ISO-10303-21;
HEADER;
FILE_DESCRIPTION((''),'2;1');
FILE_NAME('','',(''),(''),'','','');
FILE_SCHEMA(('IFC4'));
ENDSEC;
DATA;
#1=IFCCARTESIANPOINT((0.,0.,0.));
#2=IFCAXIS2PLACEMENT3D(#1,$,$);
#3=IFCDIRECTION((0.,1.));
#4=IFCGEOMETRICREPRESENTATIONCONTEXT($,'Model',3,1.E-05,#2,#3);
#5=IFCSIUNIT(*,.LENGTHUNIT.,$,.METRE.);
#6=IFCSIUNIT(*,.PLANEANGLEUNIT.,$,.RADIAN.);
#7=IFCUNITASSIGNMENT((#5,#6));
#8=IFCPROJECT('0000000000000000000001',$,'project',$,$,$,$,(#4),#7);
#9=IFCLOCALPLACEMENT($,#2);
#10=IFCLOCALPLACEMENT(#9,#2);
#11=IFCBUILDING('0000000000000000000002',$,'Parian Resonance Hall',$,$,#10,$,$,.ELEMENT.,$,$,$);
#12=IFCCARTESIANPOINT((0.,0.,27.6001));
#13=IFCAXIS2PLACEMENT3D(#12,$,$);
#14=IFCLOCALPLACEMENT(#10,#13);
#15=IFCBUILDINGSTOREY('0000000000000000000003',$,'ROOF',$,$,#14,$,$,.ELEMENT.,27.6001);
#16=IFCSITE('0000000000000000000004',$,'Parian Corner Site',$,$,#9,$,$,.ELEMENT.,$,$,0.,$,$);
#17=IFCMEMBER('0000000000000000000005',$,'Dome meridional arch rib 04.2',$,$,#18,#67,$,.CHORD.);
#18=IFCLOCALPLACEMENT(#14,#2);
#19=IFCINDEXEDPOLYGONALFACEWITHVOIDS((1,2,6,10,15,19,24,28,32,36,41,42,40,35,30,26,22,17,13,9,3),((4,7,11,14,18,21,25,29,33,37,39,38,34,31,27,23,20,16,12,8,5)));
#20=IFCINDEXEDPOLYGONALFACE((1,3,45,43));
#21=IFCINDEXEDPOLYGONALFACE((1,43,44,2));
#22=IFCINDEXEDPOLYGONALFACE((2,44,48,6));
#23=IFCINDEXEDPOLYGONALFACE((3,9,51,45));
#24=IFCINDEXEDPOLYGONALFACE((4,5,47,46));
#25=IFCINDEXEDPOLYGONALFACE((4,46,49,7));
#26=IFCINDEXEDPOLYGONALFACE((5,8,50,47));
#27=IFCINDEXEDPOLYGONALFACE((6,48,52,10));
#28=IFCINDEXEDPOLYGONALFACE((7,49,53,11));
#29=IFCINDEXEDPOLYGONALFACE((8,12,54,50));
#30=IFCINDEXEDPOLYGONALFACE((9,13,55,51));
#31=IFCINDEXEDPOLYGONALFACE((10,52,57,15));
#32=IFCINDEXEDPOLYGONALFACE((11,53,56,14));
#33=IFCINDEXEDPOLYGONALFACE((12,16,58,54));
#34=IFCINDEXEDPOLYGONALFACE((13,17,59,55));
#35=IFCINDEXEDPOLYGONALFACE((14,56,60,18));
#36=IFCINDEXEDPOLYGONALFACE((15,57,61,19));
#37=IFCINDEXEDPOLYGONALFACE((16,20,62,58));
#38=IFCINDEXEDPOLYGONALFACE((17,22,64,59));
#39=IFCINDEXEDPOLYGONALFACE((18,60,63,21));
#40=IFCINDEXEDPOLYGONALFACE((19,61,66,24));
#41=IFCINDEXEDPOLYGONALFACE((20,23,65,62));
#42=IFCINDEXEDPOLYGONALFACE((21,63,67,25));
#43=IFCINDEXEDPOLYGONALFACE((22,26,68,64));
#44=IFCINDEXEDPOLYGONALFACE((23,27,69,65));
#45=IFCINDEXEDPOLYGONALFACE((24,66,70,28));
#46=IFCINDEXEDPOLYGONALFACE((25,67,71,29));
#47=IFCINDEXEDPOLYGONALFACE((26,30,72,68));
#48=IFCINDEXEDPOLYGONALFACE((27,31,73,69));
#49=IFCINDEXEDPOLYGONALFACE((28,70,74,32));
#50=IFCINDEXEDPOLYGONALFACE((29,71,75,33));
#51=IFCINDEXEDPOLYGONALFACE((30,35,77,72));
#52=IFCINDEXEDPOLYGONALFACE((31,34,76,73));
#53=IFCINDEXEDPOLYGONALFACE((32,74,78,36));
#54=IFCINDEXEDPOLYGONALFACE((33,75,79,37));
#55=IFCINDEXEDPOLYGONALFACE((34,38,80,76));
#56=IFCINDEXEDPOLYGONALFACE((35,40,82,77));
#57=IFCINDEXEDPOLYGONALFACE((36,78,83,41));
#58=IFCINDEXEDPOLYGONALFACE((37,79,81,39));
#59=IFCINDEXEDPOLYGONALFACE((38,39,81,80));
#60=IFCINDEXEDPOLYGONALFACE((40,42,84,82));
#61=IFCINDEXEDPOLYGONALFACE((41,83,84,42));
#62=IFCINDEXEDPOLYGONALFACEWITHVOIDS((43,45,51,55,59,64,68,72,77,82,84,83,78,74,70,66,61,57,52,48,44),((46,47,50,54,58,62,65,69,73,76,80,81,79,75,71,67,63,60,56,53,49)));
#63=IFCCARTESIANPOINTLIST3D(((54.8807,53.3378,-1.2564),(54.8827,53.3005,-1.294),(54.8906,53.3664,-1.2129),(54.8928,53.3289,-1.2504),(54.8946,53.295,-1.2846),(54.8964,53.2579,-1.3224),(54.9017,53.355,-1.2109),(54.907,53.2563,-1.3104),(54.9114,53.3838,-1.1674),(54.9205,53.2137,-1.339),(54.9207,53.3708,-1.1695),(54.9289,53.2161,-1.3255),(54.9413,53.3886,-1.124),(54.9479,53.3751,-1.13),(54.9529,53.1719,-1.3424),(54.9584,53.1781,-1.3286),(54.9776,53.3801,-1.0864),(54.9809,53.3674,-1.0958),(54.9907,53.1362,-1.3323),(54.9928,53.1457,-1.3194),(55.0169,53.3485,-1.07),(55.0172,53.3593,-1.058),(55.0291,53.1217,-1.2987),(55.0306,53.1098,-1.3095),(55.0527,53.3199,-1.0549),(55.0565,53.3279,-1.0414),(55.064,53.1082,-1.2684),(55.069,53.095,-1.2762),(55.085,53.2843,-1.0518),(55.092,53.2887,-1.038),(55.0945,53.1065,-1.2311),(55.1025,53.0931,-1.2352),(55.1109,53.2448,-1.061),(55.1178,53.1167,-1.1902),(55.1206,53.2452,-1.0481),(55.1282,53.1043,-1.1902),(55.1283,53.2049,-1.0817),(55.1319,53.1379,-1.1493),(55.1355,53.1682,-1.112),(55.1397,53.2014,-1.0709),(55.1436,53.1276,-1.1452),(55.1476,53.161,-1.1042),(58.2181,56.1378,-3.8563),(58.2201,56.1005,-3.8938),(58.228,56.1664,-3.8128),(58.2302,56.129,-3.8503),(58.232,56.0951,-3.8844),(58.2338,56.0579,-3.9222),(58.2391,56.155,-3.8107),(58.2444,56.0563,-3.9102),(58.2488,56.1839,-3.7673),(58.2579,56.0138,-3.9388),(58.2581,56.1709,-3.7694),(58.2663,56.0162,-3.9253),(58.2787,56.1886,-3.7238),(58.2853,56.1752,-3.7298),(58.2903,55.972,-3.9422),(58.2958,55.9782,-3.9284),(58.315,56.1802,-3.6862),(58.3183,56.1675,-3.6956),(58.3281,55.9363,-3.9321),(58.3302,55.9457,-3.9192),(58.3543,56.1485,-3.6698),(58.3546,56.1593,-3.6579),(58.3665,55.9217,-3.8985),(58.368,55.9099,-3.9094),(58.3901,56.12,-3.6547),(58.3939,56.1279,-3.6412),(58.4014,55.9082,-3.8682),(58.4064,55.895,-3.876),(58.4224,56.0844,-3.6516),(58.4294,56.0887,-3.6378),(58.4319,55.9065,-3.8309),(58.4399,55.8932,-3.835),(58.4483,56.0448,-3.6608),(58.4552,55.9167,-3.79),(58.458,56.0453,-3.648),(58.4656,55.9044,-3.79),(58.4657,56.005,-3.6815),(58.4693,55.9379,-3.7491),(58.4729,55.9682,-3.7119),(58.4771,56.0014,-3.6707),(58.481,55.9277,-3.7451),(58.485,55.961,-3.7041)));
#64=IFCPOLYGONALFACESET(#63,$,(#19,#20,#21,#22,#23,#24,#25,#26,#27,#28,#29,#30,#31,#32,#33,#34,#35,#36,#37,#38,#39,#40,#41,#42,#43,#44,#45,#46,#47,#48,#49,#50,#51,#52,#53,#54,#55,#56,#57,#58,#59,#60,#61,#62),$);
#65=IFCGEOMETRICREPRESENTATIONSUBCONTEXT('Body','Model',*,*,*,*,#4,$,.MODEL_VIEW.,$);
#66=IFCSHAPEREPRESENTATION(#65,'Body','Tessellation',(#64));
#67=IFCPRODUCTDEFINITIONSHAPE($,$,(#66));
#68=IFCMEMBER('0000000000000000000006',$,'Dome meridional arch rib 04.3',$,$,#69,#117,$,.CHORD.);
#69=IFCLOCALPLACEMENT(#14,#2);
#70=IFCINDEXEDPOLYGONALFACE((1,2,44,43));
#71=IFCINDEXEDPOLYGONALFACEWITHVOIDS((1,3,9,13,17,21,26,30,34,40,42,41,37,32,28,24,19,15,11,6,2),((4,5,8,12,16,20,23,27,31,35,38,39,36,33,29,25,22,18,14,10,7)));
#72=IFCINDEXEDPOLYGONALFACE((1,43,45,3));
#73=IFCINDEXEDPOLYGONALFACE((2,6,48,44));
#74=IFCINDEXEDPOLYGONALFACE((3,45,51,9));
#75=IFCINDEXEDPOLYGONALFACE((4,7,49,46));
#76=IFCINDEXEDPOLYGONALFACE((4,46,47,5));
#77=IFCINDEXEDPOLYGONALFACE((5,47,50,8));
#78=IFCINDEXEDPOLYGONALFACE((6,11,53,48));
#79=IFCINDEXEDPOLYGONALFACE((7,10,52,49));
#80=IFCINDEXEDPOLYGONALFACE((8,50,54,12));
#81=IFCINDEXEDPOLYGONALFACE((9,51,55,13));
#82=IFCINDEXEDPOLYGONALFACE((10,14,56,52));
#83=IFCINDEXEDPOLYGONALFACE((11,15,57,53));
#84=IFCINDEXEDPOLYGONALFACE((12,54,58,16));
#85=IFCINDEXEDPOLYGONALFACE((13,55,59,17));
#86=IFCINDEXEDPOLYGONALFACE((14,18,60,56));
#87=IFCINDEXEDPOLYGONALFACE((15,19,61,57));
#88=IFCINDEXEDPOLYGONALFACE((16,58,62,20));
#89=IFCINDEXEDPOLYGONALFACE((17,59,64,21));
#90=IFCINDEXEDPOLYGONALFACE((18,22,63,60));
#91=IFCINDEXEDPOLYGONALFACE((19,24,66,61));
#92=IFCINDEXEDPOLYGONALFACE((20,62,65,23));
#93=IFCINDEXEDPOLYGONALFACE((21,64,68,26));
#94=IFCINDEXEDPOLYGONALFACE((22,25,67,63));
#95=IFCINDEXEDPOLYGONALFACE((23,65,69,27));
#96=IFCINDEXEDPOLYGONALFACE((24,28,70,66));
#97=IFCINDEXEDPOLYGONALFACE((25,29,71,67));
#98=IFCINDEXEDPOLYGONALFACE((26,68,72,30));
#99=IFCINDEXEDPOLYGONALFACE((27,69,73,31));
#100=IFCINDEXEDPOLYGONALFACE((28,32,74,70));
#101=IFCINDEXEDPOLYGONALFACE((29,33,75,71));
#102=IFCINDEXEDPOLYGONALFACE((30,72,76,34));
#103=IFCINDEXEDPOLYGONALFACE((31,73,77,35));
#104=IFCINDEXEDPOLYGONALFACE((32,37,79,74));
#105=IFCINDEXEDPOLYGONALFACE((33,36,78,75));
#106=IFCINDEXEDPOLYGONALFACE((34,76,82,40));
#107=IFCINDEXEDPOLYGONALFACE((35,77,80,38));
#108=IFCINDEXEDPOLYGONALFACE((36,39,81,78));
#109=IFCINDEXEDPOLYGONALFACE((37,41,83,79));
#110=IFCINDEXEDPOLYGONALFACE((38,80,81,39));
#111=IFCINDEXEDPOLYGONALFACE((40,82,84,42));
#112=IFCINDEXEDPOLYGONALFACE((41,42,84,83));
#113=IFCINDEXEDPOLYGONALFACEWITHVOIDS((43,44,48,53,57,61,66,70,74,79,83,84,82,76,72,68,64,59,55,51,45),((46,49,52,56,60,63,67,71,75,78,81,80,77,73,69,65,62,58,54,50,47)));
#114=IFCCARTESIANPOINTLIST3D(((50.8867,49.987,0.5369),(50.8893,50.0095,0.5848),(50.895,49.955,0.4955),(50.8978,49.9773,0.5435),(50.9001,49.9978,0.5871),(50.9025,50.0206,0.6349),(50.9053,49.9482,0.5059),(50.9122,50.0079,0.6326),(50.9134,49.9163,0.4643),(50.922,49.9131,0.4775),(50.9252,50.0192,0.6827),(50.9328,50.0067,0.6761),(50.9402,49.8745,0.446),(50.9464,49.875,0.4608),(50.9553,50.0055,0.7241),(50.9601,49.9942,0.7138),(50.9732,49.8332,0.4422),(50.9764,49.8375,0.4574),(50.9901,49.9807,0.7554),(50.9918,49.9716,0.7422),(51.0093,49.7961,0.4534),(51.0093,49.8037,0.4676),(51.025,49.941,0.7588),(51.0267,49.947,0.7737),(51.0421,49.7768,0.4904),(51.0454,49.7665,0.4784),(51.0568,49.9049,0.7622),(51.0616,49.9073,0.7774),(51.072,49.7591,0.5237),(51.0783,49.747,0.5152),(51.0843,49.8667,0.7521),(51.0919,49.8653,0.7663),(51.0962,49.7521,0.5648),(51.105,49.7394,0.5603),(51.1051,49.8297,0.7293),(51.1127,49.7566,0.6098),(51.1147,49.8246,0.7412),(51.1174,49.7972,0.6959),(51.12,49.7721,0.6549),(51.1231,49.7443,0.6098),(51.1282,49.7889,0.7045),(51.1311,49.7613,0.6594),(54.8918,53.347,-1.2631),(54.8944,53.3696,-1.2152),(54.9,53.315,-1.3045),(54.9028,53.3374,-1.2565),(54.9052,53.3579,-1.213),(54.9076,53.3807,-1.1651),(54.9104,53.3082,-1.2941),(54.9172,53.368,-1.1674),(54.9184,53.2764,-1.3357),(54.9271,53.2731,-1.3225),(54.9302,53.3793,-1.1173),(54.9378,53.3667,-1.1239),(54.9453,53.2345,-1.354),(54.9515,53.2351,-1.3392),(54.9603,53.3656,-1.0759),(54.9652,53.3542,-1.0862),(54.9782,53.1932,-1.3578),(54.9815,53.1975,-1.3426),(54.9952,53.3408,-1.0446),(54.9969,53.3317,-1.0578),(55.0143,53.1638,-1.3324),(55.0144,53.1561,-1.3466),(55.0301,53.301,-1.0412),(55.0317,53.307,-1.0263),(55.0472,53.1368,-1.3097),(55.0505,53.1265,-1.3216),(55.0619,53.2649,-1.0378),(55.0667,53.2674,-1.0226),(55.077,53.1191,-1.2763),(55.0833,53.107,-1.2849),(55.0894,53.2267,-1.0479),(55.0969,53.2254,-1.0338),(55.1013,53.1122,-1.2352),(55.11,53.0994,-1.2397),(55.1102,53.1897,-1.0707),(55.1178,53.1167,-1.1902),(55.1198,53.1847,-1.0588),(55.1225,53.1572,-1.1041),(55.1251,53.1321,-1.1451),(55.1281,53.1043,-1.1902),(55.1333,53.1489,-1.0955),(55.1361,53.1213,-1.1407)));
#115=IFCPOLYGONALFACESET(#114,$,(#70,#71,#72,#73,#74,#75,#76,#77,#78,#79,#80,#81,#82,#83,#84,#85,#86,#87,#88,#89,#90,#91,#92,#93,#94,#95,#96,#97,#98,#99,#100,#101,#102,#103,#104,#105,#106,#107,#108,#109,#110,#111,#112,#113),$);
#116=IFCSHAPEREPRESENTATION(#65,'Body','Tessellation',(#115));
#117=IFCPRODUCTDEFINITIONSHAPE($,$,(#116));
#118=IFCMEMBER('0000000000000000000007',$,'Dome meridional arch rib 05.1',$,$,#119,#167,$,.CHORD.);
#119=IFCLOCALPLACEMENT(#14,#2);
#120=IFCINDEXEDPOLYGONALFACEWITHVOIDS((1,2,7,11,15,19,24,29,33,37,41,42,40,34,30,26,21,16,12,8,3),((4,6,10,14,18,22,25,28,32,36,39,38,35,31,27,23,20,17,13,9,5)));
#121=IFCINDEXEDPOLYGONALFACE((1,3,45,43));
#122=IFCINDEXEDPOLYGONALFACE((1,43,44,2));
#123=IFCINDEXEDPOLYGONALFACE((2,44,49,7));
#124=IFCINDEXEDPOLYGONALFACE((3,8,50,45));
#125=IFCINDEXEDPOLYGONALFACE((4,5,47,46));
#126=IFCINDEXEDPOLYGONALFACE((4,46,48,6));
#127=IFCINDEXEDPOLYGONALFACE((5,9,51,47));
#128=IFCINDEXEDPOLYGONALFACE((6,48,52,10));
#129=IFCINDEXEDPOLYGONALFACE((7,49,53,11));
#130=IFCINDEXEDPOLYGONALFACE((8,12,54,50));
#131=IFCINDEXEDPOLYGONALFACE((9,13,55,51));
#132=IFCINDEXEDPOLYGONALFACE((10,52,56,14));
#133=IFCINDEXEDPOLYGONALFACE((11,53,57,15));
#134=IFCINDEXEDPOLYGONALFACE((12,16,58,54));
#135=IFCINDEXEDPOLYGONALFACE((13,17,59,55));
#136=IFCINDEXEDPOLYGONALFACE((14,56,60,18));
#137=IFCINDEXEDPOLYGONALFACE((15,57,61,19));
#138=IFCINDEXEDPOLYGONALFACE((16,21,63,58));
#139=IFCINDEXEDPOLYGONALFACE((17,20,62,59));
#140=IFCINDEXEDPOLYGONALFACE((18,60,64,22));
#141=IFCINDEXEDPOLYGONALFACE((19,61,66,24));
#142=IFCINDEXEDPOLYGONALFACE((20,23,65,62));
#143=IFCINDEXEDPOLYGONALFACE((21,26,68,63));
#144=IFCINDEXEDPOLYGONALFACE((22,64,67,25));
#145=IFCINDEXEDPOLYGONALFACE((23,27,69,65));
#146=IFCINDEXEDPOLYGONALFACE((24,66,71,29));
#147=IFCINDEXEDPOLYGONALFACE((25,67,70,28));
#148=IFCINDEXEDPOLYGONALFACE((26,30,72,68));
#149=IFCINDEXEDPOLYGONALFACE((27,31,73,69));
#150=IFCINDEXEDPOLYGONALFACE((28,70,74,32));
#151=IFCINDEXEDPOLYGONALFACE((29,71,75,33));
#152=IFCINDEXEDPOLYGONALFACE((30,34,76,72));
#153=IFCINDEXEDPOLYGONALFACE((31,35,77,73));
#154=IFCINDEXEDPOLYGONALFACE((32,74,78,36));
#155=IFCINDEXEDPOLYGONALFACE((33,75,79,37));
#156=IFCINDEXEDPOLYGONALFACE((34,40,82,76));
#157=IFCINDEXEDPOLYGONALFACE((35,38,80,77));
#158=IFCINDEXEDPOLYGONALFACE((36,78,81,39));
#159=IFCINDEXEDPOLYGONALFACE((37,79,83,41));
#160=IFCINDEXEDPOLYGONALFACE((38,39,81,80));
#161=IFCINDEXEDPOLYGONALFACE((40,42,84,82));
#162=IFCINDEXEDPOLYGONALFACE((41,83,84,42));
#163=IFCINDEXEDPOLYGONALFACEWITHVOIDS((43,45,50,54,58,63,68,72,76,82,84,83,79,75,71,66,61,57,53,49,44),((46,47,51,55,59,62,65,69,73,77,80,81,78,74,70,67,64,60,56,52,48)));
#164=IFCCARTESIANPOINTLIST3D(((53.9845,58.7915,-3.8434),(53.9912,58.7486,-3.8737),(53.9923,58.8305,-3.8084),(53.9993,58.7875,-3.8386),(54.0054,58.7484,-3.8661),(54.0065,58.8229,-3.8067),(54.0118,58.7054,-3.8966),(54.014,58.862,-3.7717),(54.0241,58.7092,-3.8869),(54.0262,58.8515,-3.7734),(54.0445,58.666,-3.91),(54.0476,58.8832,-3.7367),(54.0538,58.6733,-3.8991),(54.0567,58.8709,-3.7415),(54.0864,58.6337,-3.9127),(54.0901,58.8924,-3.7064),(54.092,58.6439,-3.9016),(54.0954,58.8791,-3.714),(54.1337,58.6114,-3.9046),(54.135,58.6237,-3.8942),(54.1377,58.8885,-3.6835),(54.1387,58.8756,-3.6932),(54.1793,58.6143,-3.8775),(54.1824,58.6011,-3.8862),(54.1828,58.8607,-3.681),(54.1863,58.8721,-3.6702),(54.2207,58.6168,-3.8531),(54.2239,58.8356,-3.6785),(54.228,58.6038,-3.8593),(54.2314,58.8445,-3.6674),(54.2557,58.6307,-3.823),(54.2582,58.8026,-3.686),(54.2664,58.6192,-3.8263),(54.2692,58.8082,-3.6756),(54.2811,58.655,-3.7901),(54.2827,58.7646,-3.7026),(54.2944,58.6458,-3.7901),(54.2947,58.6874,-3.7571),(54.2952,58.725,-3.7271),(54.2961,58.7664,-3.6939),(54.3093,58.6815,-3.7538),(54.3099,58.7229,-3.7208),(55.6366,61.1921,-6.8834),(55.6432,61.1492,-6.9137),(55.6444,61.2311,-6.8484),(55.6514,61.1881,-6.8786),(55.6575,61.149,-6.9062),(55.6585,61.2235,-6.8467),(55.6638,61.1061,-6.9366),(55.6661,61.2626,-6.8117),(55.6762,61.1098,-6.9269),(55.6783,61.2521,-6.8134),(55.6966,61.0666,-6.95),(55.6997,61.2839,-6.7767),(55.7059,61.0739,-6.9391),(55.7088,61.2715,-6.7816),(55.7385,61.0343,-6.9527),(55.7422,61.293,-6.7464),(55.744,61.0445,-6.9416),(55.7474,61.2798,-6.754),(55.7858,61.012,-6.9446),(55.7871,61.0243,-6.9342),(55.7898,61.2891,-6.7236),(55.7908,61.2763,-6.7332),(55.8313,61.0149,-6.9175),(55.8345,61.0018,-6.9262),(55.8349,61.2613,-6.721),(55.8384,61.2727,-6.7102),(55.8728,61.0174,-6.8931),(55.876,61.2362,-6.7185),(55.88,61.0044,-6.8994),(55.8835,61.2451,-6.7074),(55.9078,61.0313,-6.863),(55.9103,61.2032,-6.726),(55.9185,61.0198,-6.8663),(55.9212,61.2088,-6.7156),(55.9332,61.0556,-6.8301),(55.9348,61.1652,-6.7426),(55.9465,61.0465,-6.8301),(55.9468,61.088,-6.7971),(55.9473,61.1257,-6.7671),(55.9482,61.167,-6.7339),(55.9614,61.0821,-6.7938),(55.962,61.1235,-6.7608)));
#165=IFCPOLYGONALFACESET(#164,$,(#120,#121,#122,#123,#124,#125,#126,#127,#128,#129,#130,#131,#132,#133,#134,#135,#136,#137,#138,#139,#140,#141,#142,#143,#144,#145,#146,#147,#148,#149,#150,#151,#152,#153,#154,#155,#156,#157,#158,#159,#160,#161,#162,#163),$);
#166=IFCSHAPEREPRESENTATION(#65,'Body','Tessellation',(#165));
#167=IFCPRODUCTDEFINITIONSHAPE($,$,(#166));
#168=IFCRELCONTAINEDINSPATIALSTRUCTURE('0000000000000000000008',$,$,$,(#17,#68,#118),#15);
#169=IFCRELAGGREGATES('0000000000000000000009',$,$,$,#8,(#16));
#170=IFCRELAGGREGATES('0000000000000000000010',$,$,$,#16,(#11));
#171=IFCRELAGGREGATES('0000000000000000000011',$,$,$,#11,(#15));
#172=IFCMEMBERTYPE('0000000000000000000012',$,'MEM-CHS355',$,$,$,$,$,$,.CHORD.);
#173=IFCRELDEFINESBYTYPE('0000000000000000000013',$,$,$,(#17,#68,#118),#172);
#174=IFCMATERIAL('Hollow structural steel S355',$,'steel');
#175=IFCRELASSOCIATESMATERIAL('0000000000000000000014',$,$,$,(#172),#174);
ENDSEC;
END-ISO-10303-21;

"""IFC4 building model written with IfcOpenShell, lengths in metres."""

from ifc_helpers import new_model, si_unit, direction, frame, origin, origin_2d, place, context, subcontext, project, spatial, hollow_circle, extrude, material, material_profile, profile_set, type_object, element, save


model = new_model("IFC4")

# Units and contexts
model_context = context("Model", 3, precision=1e-05, world=origin(), true_north=direction((0.0, 1.0)))
body_context = subcontext(model_context, "Body", "Model", "MODEL_VIEW")
ifc_project = project(units=[si_unit("LENGTHUNIT", "METRE"), si_unit("PLANEANGLEUNIT", "RADIAN")], contexts=[model_context])

# Site, building, storey
site_placement = place(None, origin())
site = spatial("IfcSite", under=ifc_project, at=site_placement, Name="Parian Corner Site", CompositionType="ELEMENT", RefElevation=0.0)
building_placement = place(site_placement, origin())
building = spatial("IfcBuilding", under=site, at=building_placement, Name="Parian Resonance Hall", CompositionType="ELEMENT")
storey_placement = place(building_placement, frame((0.0, 0.0, 27.6001)))
storey = spatial("IfcBuildingStorey", under=building, at=storey_placement, Name="ROOF", CompositionType="ELEMENT", Elevation=27.6001)

# Members
ifc_material_1 = material(Name="Hollow structural steel S355", Category="steel")
ifc_material_profile_1 = material_profile(ifc_material_1, hollow_circle(Radius=0.1777, WallThickness=0.0161, at=origin_2d()), Name="CHS355.6x16")
ifc_profile_set_1 = profile_set([ifc_material_profile_1], Name="Hollow structural steel S355")
member_type_1 = type_object("IfcMemberType", Name="MEM-CHS355", PredefinedType="CHORD", material=ifc_profile_set_1)
member_1_placement = place(storey_placement, frame((58.3513, 56.0405, -3.79), z_axis=(-0.657844, -0.551925, 0.512464), x_axis=(0.642739, -0.766086, 0.0)))
element("IfcMember", 1, at=member_1_placement, inside=storey, type_object=member_type_1, Name="Dome meridional arch rib 04.2", PredefinedType="CHORD", context=body_context, shape_type="SweptSolid", body=[
    extrude(hollow_circle(Radius=0.1777, WallThickness=0.0161, at=origin_2d()), origin(), (0.0, 0.0, 1.0), 5.0732),
])
member_2_placement = place(storey_placement, frame((55.0139, 53.2405, -1.1902), z_axis=(-0.724365, -0.607707, 0.325556), x_axis=(0.642721, -0.7661, 0.0)))
element("IfcMember", 2, at=member_2_placement, inside=storey, type_object=member_type_1, Name="Dome meridional arch rib 04.3", PredefinedType="CHORD", context=body_context, shape_type="SweptSolid", body=[
    extrude(hollow_circle(Radius=0.1777, WallThickness=0.0161, at=origin_2d()), origin(), (0.0, 0.0, 1.0), 5.5291),
])
member_3_placement = place(storey_placement, frame((55.8, 61.1472, -6.8301), z_axis=(-0.39231, -0.570058, 0.721891), x_axis=(0.823775, -0.566916, 0.0)))
element("IfcMember", 3, at=member_3_placement, inside=storey, type_object=member_type_1, Name="Dome meridional arch rib 05.1", PredefinedType="CHORD", context=body_context, shape_type="SweptSolid", body=[
    extrude(hollow_circle(Radius=0.1777, WallThickness=0.0161, at=origin_2d()), origin(), (0.0, 0.0, 1.0), 4.2112),
])

save(model, "model.ifc")
